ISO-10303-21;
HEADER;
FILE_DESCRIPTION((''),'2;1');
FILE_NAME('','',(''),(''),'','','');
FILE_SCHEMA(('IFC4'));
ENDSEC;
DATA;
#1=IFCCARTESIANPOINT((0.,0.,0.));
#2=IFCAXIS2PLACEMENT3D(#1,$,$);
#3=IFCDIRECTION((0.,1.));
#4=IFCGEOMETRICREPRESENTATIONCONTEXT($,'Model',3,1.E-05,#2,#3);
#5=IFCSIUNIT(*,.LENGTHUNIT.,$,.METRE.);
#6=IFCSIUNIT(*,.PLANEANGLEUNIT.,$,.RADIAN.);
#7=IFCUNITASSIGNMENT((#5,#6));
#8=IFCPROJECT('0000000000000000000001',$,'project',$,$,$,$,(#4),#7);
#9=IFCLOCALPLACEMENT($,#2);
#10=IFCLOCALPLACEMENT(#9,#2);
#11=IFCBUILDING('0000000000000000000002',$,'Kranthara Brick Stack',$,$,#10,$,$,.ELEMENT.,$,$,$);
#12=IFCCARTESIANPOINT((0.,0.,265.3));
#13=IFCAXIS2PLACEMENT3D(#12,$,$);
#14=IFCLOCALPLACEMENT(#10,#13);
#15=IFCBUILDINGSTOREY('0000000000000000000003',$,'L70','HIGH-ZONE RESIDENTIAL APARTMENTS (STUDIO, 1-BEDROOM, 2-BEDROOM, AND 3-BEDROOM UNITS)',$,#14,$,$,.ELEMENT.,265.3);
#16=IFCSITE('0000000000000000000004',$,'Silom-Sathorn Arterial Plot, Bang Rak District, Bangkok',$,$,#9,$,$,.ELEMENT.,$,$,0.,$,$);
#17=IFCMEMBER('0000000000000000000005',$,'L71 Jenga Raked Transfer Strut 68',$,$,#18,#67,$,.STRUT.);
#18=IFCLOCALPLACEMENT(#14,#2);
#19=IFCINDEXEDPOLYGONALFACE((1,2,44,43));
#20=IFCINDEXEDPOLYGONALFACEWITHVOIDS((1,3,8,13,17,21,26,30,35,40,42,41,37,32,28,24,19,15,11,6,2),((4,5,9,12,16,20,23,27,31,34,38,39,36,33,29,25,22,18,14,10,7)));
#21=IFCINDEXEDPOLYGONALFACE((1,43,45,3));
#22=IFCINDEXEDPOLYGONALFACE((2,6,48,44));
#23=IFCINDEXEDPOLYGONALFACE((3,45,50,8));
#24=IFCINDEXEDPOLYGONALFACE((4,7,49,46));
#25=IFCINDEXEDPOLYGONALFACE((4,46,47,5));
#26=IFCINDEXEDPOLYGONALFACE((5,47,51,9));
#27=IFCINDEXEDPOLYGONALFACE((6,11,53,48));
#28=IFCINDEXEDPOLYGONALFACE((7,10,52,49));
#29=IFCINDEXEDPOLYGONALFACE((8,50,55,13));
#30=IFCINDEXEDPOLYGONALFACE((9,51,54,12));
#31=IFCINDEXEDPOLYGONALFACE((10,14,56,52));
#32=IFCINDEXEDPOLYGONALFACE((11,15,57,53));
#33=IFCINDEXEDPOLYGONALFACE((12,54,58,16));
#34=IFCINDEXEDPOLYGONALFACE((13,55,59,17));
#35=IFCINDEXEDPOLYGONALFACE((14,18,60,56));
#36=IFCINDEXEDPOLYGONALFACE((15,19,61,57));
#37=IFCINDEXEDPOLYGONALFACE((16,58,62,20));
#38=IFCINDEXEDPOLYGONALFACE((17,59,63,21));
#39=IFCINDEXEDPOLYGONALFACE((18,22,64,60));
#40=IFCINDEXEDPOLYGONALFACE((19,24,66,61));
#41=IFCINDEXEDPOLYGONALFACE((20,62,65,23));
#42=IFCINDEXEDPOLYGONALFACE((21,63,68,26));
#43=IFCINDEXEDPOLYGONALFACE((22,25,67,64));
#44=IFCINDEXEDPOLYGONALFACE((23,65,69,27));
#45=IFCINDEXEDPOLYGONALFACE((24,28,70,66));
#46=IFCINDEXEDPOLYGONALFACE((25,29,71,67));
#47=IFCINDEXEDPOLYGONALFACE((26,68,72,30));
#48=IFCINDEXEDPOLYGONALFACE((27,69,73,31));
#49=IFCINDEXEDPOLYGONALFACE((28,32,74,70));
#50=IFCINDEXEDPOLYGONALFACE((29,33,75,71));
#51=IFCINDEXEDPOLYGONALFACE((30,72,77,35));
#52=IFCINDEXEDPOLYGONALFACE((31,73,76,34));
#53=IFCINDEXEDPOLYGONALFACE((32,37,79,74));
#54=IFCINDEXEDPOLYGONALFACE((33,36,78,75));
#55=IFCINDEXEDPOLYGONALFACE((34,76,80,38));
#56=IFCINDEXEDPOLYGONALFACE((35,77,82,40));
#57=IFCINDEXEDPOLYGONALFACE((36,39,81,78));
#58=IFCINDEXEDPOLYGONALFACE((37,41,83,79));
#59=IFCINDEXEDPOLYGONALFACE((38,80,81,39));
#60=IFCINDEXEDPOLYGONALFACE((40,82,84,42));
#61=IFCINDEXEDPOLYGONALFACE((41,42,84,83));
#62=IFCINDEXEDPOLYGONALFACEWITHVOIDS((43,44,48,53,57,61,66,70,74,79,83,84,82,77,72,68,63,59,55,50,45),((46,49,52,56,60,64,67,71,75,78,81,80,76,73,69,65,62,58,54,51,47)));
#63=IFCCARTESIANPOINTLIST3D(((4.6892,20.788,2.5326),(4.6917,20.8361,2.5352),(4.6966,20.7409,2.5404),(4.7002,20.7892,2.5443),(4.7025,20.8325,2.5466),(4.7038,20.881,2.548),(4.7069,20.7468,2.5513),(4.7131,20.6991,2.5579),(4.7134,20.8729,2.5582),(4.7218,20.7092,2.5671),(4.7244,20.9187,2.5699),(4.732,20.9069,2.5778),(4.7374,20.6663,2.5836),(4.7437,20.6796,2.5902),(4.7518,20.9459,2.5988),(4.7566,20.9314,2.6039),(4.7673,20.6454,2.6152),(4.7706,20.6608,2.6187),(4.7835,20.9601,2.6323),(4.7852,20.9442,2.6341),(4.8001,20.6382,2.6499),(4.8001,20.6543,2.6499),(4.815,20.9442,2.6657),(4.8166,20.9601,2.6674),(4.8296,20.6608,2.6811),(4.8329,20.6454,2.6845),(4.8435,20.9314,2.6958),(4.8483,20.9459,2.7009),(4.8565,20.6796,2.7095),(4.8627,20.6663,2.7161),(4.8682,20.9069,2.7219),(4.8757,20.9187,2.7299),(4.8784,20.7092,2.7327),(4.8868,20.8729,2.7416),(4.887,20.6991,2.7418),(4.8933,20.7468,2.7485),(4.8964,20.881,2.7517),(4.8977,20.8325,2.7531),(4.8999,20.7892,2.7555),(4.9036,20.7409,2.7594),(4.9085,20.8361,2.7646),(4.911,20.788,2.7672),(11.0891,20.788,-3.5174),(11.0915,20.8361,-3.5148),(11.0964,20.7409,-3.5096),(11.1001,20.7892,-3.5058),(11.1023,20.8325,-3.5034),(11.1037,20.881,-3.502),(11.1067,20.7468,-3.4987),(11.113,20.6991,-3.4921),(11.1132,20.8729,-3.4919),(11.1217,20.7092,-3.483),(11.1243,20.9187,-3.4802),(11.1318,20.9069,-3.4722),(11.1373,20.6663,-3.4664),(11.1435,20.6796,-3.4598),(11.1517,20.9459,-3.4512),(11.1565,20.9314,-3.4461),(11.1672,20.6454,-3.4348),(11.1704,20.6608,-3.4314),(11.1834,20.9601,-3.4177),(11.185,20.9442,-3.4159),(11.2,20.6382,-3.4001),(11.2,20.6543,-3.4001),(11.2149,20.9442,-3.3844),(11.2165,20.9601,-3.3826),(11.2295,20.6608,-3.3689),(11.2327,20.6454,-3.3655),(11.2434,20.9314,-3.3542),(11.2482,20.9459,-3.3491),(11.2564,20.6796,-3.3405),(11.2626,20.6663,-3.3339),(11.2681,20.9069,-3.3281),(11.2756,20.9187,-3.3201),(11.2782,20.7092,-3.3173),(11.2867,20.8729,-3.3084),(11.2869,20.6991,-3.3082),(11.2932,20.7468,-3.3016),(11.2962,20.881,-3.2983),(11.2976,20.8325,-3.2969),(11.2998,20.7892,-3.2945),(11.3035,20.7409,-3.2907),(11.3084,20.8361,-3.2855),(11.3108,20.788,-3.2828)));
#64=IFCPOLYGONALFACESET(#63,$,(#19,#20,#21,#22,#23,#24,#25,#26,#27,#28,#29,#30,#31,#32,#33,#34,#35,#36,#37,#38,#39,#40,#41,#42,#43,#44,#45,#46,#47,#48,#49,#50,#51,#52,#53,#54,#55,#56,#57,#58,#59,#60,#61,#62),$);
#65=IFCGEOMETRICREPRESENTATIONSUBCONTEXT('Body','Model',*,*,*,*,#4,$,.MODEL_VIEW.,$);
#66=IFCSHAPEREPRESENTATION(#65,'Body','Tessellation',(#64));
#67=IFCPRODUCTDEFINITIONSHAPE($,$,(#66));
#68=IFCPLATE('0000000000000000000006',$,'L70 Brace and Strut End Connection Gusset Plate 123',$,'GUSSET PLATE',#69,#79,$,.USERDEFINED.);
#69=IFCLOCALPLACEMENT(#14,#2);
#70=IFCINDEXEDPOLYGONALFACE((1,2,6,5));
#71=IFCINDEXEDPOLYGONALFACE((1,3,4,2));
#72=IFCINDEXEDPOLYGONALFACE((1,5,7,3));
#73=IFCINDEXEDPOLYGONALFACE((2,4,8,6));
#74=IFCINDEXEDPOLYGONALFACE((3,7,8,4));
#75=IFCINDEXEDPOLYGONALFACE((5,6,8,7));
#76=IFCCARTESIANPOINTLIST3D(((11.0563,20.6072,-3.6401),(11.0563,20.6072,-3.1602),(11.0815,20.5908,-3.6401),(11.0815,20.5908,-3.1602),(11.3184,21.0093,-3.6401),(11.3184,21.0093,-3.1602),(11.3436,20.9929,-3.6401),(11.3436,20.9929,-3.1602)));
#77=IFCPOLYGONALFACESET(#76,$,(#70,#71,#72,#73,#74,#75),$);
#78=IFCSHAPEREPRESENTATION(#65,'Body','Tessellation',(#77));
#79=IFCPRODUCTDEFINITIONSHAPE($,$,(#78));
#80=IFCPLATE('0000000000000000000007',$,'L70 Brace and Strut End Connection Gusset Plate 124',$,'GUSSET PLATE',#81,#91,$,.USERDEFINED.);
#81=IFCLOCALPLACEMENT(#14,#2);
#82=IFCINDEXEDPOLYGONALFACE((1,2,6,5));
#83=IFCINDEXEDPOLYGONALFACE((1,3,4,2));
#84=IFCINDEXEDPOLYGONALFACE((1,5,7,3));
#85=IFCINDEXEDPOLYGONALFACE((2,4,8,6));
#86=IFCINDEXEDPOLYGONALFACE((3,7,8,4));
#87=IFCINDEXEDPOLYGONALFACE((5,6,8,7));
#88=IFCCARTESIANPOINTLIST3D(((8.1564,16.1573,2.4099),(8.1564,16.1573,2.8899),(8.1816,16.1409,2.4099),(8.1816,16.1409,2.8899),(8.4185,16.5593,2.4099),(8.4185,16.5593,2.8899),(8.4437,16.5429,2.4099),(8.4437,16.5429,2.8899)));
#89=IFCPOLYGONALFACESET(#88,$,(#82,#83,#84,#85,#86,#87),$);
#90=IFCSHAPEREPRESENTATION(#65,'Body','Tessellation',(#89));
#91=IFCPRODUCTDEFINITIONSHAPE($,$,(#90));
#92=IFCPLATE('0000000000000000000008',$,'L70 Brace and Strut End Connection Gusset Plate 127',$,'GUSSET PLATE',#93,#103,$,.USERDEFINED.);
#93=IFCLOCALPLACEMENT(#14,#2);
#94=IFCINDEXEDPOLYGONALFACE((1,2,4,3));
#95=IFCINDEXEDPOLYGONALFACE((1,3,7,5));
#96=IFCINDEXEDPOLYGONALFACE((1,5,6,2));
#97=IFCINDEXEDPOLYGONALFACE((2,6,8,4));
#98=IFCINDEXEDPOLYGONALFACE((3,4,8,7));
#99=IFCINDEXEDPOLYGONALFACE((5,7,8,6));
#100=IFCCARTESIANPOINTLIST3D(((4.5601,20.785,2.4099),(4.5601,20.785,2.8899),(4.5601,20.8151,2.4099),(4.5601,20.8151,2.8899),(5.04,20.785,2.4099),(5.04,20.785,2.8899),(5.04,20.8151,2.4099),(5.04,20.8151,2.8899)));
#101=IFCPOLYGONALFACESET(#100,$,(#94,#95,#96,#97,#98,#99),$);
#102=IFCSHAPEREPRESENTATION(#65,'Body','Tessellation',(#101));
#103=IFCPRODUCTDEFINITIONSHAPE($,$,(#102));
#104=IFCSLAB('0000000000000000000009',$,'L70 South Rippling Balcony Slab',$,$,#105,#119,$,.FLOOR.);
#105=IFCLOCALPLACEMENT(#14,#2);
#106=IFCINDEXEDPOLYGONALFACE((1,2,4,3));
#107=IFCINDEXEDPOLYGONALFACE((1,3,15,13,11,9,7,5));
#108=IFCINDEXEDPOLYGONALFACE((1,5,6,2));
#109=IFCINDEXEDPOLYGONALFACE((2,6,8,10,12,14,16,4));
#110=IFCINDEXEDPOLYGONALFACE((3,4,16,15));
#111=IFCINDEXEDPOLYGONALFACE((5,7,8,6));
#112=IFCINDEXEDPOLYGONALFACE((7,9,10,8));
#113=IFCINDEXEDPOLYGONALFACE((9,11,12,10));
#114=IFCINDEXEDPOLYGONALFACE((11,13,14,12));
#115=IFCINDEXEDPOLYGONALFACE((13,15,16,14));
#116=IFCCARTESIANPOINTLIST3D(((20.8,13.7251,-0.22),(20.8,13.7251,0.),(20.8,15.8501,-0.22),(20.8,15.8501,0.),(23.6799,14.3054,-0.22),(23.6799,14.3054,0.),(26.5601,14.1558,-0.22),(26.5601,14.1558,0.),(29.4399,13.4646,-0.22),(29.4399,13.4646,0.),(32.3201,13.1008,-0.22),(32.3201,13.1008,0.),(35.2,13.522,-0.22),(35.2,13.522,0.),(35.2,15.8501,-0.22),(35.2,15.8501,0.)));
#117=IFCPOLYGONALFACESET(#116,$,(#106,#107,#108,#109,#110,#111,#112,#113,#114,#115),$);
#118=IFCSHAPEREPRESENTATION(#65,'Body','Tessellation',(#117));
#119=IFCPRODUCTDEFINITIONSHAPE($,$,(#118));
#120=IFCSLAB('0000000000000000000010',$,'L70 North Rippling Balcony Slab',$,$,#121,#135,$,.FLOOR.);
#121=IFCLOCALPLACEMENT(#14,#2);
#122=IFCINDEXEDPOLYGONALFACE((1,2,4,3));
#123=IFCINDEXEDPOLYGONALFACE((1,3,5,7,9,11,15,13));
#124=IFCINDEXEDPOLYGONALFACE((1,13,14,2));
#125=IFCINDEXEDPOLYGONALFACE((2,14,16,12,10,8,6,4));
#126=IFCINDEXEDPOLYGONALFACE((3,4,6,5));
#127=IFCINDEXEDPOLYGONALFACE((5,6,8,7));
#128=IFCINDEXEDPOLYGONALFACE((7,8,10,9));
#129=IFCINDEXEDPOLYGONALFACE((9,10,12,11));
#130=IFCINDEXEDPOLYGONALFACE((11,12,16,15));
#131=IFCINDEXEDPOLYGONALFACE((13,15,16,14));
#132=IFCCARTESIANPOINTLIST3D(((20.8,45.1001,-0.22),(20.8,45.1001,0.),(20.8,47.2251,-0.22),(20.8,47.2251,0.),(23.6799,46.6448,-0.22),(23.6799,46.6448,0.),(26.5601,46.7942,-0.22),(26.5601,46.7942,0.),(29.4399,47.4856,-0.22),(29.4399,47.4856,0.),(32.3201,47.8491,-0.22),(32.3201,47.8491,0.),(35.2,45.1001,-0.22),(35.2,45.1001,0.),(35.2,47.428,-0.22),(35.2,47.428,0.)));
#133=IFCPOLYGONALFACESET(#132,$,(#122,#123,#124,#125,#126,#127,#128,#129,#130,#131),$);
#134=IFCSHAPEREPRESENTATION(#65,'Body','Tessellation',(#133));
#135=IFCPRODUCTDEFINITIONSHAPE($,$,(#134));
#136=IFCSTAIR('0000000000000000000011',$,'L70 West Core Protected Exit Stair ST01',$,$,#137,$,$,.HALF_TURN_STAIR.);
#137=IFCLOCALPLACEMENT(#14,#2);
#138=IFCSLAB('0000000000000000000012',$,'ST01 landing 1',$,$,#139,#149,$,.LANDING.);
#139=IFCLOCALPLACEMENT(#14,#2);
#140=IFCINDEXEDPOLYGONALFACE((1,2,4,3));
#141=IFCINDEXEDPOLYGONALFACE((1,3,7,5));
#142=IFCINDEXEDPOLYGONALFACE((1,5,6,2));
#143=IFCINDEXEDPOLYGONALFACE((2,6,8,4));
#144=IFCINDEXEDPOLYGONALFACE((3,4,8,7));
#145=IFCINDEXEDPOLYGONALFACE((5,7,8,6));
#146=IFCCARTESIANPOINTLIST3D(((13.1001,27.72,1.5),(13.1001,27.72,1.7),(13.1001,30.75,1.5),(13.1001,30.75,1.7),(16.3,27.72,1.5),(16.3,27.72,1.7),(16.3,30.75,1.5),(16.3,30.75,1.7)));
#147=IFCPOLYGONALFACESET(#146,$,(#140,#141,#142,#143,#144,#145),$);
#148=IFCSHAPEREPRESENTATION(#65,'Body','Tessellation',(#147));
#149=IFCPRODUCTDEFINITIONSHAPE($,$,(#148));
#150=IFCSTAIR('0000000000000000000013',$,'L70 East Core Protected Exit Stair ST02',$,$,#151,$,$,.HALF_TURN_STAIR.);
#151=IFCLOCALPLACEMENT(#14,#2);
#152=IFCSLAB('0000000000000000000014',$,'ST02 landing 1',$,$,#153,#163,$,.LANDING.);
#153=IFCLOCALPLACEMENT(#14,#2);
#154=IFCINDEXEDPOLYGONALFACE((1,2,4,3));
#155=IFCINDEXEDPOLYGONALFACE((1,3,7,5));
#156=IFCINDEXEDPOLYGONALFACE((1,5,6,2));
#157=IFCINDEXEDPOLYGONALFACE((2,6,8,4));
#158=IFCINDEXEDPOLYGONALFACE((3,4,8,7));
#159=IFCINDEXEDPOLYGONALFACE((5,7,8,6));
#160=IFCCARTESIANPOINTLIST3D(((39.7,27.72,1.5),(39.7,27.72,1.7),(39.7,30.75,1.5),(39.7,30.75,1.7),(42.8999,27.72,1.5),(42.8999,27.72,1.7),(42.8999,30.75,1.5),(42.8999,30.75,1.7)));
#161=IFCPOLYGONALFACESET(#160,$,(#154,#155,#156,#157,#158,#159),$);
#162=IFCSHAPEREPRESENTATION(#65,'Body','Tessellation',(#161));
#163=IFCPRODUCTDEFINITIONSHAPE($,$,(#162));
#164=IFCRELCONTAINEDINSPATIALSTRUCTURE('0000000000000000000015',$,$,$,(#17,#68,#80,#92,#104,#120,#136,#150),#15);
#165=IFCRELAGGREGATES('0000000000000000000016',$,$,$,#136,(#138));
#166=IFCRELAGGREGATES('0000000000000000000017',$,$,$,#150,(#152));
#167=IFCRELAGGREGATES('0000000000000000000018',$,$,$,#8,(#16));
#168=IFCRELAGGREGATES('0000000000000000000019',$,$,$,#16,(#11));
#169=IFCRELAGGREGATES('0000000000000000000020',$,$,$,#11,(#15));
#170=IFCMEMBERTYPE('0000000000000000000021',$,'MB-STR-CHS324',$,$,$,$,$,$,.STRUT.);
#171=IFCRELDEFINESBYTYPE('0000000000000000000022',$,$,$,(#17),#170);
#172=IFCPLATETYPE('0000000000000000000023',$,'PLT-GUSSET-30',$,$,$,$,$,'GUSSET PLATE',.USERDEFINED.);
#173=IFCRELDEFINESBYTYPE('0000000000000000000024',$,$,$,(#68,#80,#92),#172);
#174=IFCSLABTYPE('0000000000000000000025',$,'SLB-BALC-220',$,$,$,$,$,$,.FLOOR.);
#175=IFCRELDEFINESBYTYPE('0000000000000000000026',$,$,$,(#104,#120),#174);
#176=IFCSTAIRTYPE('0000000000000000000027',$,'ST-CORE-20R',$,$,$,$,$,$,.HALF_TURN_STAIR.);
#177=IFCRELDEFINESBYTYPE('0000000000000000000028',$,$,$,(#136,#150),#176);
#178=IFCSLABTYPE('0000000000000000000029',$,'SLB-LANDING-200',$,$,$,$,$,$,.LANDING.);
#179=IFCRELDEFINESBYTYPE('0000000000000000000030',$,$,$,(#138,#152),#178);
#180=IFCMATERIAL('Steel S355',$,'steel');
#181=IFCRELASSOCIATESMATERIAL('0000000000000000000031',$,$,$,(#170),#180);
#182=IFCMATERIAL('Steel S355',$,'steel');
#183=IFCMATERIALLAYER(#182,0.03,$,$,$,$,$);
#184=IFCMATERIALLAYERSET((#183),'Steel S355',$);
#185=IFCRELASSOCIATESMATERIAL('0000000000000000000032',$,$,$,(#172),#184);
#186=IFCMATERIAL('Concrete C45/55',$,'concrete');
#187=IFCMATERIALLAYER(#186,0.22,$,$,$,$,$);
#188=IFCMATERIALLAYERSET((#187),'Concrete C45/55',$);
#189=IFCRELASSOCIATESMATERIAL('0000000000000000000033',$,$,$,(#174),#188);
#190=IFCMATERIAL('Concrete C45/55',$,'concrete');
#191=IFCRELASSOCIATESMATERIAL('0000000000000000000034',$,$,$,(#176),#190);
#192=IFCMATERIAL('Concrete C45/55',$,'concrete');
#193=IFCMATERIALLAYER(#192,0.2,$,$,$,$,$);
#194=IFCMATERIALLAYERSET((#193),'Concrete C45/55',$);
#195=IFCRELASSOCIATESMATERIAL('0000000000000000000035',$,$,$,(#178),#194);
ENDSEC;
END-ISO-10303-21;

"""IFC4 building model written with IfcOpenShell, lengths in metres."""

from ifc_helpers import new_model, si_unit, direction, frame, origin, origin_2d, place, context, subcontext, project, spatial, polyline, rectangle, hollow_circle, outline, extrude, material, layer, layer_set, material_profile, profile_set, type_object, element, aggregate, save


model = new_model("IFC4")

# Units and contexts
model_context = context("Model", 3, precision=1e-05, world=origin(), true_north=direction((0.0, 1.0)))
body_context = subcontext(model_context, "Body", "Model", "MODEL_VIEW")
ifc_project = project(units=[si_unit("LENGTHUNIT", "METRE"), si_unit("PLANEANGLEUNIT", "RADIAN")], contexts=[model_context])

# Site, building, storey
site_placement = place(None, origin())
site = spatial("IfcSite", under=ifc_project, at=site_placement, Name="Silom-Sathorn Arterial Plot, Bang Rak District, Bangkok", CompositionType="ELEMENT", RefElevation=0.0)
building_placement = place(site_placement, origin())
building = spatial("IfcBuilding", under=site, at=building_placement, Name="Kranthara Brick Stack", CompositionType="ELEMENT")
storey_placement = place(building_placement, frame((0.0, 0.0, 265.3)))
storey = spatial("IfcBuildingStorey", under=building, at=storey_placement, Name="L70", Description="HIGH-ZONE RESIDENTIAL APARTMENTS (STUDIO, 1-BEDROOM, 2-BEDROOM, AND 3-BEDROOM UNITS)", CompositionType="ELEMENT", Elevation=265.3)

# Member
ifc_material_1 = material(Name="Steel S355", Category="steel")
ifc_material_profile_1 = material_profile(ifc_material_1, hollow_circle(Radius=0.1619, WallThickness=0.0161, at=origin_2d()), Name="CHS 323.9x16")
ifc_profile_set_1 = profile_set([ifc_material_profile_1], Name="Steel S355")
member_type = type_object("IfcMemberType", Name="MB-STR-CHS324", PredefinedType="STRUT", material=ifc_profile_set_1)
member_1_placement = place(storey_placement, frame((11.2, 20.8, -3.4001), z_axis=(-0.72669, 0.0, 0.686965), x_axis=(0.0, -1.0, 0.0)))
element("IfcMember", 1, at=member_1_placement, inside=storey, type_object=member_type, Name="L71 Jenga Raked Transfer Strut 68", PredefinedType="STRUT", context=body_context, shape_type="SweptSolid", body=[
    extrude(hollow_circle(Radius=0.1619, WallThickness=0.0161, at=origin_2d()), origin(), (0.0, 0.0, 1.0), 8.8069),
])

# Plates
ifc_material_2 = material(Name="Steel S355", Category="steel")
ifc_layer_1 = layer(ifc_material_2, 0.03)
ifc_layer_set_1 = layer_set([ifc_layer_1], Name="Steel S355")
plate_type = type_object("IfcPlateType", Name="PLT-GUSSET-30", ElementType="GUSSET PLATE", PredefinedType="USERDEFINED", material=ifc_layer_set_1)
for number, where, z_axis, x_axis, name in (
    (2, (11.2, 20.8, -3.6401), (0.0, 0.0, 1.0), (0.546102, 0.837719, 0.0), "L70 Brace and Strut End Connection Gusset Plate 123"),
    (3, (8.3, 16.3501, 2.4099), (0.0, 0.0, 1.0), (0.546102, 0.837719, 0.0), "L70 Brace and Strut End Connection Gusset Plate 124"),
    (4, (4.8, 20.8, 2.4099), (0.0, 0.0, 1.0), (1.0, 0.0, 0.0), "L70 Brace and Strut End Connection Gusset Plate 127"),
):
    element("IfcPlate", number, at=place(storey_placement, frame(where, z_axis=z_axis, x_axis=x_axis)), inside=storey, type_object=plate_type, Name=name, ObjectType="GUSSET PLATE", PredefinedType="USERDEFINED", context=body_context, shape_type="SweptSolid", body=[
        extrude(rectangle(XDim=0.48, YDim=0.03, at=origin_2d()), origin(), (0.0, 0.0, 1.0), 0.48),
    ])

# Slabs
ifc_material_3 = material(Name="Concrete C45/55", Category="concrete")
ifc_layer_2 = layer(ifc_material_3, 0.22)
ifc_layer_set_2 = layer_set([ifc_layer_2], Name="Concrete C45/55")
slab_type_1 = type_object("IfcSlabType", Name="SLB-BALC-220", PredefinedType="FLOOR", material=ifc_layer_set_2)
slab_1_placement = place(storey_placement, frame((0.0, 0.0, -0.22)))
element("IfcSlab", 5, at=slab_1_placement, inside=storey, type_object=slab_type_1, Name="L70 South Rippling Balcony Slab", PredefinedType="FLOOR", context=body_context, shape_type="SweptSolid", body=[
    extrude(outline(polyline([(20.8, 15.8501), (35.2, 15.8501), (35.2, 13.522), (32.3201, 13.1008), (29.4399, 13.4646), (26.5601, 14.1558), (23.6799, 14.3054), (20.8, 13.7251), (20.8, 15.8501)])), origin(), (0.0, 0.0, 1.0), 0.22),
])
slab_2_placement = place(storey_placement, frame((0.0, 0.0, -0.22)))
element("IfcSlab", 6, at=slab_2_placement, inside=storey, type_object=slab_type_1, Name="L70 North Rippling Balcony Slab", PredefinedType="FLOOR", context=body_context, shape_type="SweptSolid", body=[
    extrude(outline(polyline([(35.2, 45.1001), (20.8, 45.1001), (20.8, 47.2251), (23.6799, 46.6448), (26.5601, 46.7942), (29.4399, 47.4856), (32.3201, 47.8491), (35.2, 47.428), (35.2, 45.1001)])), origin(), (0.0, 0.0, 1.0), 0.22),
])

# Stairs, slabs
ifc_material_4 = material(Name="Concrete C45/55", Category="concrete")
stair_type = type_object("IfcStairType", Name="ST-CORE-20R", PredefinedType="HALF_TURN_STAIR", material=ifc_material_4)
stair_1_placement = place(storey_placement, origin())
stair_1 = element("IfcStair", 7, at=stair_1_placement, inside=storey, type_object=stair_type, Name="L70 West Core Protected Exit Stair ST01", PredefinedType="HALF_TURN_STAIR")
ifc_material_5 = material(Name="Concrete C45/55", Category="concrete")
ifc_layer_3 = layer(ifc_material_5, 0.2)
ifc_layer_set_3 = layer_set([ifc_layer_3], Name="Concrete C45/55")
slab_type_2 = type_object("IfcSlabType", Name="SLB-LANDING-200", PredefinedType="LANDING", material=ifc_layer_set_3)
slab_3_placement = place(storey_placement, frame((0.0, 0.0, 1.5)))
slab_3 = element("IfcSlab", 8, at=slab_3_placement, type_object=slab_type_2, Name="ST01 landing 1", PredefinedType="LANDING", context=body_context, shape_type="SweptSolid", body=[
    extrude(outline(polyline([(16.3, 27.72), (16.3, 30.75), (13.1001, 30.75), (13.1001, 27.72), (16.3, 27.72)])), origin(), (0.0, 0.0, 1.0), 0.2),
])
aggregate(stair_1, [slab_3])
stair_2_placement = place(storey_placement, origin())
stair_2 = element("IfcStair", 9, at=stair_2_placement, inside=storey, type_object=stair_type, Name="L70 East Core Protected Exit Stair ST02", PredefinedType="HALF_TURN_STAIR")
slab_4_placement = place(storey_placement, frame((0.0, 0.0, 1.5)))
slab_4 = element("IfcSlab", 10, at=slab_4_placement, type_object=slab_type_2, Name="ST02 landing 1", PredefinedType="LANDING", context=body_context, shape_type="SweptSolid", body=[
    extrude(outline(polyline([(42.8999, 27.72), (42.8999, 30.75), (39.7, 30.75), (39.7, 27.72), (42.8999, 27.72)])), origin(), (0.0, 0.0, 1.0), 0.2),
])
aggregate(stair_2, [slab_4])

save(model, "model.ifc")
